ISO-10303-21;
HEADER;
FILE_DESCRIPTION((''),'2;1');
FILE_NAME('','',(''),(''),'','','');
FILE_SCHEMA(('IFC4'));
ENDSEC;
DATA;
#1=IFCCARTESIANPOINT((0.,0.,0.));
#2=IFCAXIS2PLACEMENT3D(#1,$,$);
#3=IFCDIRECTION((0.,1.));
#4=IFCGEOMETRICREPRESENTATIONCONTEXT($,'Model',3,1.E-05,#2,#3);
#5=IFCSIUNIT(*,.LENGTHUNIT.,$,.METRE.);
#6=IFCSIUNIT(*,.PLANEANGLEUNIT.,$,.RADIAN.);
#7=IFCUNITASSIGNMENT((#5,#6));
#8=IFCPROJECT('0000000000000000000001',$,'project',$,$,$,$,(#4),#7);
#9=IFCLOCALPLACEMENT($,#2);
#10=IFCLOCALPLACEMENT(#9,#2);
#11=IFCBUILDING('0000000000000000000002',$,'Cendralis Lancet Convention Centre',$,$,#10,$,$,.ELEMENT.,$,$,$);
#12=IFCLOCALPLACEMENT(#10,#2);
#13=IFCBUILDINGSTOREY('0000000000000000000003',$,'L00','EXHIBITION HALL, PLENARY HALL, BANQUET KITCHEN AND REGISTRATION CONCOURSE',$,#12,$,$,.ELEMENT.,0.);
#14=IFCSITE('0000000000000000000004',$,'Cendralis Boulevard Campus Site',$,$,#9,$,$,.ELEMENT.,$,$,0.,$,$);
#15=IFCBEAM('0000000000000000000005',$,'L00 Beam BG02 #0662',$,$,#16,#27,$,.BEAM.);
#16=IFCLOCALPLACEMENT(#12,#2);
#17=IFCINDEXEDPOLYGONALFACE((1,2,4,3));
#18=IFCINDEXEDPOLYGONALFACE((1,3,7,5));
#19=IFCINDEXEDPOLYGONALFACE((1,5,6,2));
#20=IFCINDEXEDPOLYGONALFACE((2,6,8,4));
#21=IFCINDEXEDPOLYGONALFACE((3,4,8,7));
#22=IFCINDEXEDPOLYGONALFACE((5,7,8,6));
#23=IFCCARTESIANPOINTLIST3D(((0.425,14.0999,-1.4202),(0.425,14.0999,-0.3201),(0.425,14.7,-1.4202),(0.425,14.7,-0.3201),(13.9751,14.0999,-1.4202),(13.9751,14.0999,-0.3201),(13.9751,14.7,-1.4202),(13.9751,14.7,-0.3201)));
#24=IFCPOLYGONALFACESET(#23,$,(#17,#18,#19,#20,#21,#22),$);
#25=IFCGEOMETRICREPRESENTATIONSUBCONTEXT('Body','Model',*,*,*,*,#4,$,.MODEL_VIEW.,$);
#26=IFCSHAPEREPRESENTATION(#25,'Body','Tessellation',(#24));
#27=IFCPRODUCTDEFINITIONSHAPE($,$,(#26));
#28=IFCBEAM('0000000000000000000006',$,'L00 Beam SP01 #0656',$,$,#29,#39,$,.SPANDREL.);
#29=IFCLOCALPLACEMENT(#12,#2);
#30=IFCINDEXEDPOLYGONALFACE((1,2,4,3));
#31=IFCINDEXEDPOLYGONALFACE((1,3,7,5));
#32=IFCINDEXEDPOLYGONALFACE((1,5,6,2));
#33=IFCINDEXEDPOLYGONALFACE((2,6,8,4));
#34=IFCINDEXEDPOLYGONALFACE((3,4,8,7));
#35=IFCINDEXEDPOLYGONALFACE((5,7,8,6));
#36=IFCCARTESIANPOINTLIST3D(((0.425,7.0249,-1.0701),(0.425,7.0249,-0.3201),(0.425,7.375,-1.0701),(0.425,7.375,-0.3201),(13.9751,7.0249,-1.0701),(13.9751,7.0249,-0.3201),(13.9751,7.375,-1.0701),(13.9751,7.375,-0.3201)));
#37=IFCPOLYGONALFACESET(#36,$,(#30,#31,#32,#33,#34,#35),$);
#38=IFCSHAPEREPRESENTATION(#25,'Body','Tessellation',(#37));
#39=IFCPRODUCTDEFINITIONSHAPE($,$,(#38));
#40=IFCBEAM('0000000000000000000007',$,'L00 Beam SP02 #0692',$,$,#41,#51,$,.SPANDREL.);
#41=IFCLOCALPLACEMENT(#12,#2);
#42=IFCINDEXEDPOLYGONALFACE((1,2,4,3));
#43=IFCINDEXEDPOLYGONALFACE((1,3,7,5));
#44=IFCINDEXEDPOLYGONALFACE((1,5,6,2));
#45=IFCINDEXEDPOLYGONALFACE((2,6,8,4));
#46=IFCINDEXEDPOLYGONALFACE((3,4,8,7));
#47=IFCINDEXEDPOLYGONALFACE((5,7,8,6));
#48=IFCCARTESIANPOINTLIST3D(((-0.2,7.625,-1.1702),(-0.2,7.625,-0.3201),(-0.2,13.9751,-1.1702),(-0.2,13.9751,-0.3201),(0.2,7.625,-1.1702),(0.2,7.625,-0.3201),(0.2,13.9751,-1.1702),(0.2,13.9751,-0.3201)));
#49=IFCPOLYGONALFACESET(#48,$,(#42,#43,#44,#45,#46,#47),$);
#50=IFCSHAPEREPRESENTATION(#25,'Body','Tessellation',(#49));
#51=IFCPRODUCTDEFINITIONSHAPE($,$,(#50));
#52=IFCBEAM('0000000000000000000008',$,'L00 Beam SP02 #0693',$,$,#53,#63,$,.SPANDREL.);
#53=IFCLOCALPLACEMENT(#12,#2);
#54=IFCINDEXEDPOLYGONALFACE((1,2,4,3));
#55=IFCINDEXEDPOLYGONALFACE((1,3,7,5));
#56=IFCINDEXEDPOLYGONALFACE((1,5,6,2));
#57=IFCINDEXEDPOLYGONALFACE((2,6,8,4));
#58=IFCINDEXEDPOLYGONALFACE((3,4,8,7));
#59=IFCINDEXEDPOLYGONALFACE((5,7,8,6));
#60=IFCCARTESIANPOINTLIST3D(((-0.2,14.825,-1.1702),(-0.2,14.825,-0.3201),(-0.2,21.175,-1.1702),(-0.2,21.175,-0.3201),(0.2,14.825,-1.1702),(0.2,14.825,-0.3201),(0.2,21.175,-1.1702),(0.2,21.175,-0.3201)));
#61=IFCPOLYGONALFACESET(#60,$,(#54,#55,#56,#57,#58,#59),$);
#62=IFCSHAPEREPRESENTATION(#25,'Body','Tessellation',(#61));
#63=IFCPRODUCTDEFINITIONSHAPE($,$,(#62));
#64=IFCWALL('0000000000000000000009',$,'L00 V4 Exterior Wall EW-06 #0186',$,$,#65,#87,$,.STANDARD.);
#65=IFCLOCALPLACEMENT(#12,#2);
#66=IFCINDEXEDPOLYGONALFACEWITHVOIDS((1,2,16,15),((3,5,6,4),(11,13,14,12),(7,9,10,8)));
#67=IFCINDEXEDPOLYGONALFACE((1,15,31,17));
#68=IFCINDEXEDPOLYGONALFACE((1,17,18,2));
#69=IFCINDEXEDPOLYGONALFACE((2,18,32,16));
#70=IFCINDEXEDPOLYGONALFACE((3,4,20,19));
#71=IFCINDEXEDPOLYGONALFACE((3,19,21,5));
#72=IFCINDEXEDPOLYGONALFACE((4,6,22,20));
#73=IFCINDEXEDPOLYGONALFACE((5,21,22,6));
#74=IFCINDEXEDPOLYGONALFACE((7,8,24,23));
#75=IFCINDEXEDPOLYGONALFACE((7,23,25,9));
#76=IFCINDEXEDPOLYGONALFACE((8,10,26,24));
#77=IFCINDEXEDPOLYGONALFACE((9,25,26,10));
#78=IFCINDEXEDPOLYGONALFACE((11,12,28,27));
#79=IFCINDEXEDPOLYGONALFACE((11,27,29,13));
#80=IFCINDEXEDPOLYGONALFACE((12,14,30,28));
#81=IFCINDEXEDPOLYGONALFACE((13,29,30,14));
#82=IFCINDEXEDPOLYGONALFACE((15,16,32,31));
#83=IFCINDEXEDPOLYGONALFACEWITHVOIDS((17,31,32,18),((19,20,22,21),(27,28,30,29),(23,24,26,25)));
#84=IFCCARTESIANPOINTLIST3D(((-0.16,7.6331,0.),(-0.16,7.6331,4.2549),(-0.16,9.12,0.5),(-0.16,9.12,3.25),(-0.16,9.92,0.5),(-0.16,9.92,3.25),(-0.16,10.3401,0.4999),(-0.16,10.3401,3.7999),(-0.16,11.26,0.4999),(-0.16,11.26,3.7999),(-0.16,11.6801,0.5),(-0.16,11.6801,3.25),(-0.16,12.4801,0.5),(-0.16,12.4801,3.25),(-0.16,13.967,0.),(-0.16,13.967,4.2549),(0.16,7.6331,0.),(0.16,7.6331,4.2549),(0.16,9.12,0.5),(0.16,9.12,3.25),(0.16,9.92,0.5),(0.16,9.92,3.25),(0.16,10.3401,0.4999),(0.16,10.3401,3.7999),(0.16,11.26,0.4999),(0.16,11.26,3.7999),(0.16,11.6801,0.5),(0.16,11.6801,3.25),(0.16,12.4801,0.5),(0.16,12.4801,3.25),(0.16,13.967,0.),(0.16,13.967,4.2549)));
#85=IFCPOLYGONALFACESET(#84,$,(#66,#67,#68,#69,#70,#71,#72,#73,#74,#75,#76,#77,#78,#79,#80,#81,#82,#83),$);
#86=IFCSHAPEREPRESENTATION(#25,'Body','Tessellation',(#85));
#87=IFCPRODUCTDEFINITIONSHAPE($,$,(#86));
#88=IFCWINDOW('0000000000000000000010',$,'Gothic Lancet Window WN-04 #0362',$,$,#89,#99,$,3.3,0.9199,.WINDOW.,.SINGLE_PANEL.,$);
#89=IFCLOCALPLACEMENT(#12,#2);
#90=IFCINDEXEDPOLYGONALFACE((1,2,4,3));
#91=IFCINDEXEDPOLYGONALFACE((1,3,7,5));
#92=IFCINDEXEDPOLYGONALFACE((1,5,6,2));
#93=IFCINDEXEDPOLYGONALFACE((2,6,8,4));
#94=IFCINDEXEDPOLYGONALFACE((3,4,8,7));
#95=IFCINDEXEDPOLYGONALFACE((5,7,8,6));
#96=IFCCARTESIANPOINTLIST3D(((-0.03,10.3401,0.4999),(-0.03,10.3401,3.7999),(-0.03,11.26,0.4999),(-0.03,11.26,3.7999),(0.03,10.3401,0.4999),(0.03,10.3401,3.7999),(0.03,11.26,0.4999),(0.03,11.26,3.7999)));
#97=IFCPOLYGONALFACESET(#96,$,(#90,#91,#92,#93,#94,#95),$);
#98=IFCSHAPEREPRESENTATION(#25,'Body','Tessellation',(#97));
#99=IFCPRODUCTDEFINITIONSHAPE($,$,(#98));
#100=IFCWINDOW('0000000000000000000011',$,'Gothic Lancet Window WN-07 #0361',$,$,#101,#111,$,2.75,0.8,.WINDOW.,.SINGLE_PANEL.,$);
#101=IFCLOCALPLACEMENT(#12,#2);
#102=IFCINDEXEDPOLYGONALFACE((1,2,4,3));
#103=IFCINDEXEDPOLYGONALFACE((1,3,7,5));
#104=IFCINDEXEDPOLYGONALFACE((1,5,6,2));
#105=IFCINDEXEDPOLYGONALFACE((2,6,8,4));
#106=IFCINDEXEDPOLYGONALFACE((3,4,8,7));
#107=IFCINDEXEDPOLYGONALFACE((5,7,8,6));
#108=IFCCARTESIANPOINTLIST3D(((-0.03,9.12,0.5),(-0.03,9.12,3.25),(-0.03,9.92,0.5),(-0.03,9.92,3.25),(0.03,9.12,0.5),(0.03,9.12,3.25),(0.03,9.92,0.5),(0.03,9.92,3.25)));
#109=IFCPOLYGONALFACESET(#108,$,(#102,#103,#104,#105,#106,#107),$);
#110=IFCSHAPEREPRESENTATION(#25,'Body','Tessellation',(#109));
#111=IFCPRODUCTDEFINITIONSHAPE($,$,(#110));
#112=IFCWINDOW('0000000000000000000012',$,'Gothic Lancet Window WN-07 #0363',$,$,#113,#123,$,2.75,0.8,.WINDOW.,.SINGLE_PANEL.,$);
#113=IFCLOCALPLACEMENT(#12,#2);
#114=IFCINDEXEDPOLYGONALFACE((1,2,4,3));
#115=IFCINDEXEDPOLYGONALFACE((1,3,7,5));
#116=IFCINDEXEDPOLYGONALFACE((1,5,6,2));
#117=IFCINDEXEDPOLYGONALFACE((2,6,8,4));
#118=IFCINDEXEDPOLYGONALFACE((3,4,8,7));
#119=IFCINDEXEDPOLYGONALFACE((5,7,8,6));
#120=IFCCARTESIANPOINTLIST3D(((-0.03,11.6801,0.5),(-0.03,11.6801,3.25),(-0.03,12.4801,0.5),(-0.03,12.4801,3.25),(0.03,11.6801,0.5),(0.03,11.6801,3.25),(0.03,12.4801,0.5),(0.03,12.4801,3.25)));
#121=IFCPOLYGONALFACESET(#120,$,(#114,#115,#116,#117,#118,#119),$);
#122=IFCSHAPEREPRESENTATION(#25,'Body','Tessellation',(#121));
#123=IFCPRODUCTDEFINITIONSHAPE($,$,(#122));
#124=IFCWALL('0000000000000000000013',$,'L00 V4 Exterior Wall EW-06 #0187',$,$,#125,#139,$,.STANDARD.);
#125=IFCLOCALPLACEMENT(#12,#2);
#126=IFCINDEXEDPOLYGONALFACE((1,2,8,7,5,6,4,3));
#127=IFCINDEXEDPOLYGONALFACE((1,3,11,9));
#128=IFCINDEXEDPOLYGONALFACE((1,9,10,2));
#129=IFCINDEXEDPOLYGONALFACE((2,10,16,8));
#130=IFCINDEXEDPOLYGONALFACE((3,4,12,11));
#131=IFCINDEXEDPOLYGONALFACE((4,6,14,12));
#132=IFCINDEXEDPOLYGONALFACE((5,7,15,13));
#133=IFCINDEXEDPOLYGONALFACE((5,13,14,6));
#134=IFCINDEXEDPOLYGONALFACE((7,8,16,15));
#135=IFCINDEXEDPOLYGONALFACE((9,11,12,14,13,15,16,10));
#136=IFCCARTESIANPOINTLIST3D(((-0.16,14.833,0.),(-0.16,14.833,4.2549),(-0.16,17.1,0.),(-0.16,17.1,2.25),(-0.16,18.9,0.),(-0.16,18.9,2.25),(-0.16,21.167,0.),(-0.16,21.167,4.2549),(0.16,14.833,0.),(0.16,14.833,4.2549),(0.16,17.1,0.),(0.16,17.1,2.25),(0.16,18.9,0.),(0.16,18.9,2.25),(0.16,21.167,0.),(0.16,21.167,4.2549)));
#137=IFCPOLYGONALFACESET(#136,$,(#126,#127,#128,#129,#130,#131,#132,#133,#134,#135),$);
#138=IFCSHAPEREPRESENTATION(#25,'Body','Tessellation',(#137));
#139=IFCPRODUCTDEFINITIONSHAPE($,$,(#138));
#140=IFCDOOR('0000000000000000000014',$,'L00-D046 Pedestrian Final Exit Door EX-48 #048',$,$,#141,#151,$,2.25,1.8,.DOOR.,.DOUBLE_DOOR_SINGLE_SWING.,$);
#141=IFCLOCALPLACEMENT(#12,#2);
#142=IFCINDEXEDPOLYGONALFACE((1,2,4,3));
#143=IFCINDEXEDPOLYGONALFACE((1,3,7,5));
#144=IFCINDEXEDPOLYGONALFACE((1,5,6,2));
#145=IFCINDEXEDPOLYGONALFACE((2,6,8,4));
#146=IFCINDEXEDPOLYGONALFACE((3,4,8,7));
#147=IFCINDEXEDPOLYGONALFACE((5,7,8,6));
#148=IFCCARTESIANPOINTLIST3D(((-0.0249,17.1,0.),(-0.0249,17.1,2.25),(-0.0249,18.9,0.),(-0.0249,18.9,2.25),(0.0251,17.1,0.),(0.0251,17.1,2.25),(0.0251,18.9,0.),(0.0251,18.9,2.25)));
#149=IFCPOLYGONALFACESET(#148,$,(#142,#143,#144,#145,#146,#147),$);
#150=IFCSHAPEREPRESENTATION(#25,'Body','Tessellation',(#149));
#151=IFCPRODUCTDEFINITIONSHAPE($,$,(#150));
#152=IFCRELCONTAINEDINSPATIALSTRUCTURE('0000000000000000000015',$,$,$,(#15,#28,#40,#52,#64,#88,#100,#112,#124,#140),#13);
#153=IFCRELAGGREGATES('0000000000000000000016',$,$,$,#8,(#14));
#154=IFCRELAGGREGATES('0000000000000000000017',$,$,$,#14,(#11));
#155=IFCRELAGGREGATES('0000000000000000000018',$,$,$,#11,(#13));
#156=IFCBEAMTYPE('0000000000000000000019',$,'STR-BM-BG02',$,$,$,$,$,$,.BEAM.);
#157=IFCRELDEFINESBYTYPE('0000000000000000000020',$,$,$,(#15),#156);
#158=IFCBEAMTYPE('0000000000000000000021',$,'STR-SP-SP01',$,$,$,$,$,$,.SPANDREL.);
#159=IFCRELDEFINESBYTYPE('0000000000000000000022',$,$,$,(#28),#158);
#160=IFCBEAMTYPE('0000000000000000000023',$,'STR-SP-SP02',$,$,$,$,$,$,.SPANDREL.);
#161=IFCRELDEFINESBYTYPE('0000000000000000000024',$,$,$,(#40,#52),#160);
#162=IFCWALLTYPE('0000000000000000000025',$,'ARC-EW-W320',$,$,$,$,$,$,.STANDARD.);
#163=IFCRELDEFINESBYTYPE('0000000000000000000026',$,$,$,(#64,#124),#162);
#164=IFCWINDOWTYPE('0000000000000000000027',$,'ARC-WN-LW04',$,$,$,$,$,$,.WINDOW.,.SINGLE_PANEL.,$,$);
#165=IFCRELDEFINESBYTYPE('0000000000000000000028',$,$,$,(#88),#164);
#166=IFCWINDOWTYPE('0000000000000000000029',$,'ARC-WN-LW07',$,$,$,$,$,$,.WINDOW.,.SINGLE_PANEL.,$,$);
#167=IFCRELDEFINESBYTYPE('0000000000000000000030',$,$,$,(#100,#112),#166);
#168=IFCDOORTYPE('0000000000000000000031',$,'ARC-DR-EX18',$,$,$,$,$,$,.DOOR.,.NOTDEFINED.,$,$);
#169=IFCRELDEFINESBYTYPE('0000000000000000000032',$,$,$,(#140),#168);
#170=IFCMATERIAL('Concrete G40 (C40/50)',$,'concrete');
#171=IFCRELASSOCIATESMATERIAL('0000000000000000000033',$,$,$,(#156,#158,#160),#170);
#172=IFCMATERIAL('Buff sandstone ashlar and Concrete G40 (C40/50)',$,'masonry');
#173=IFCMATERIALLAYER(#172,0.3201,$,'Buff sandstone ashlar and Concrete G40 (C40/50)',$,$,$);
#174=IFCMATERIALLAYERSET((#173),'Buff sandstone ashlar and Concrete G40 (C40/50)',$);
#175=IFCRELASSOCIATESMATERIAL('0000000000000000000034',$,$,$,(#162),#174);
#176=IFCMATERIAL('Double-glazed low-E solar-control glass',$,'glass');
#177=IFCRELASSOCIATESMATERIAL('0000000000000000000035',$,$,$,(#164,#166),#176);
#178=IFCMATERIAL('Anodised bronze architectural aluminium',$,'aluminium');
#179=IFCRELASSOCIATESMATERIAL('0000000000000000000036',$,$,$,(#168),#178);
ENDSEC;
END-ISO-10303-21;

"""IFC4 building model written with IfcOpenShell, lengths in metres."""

from ifc_helpers import new_model, si_unit, direction, frame, frame_2d, origin, origin_2d, place, context, subcontext, project, spatial, rectangle, extrude, material, layer, layer_set, material_profile, profile_set, type_object, element, fill, save


model = new_model("IFC4")

# Units and contexts
model_context = context("Model", 3, precision=1e-05, world=origin(), true_north=direction((0.0, 1.0)))
body_context = subcontext(model_context, "Body", "Model", "MODEL_VIEW")
ifc_project = project(units=[si_unit("LENGTHUNIT", "METRE"), si_unit("PLANEANGLEUNIT", "RADIAN")], contexts=[model_context])

# Site, building, storey
site_placement = place(None, origin())
site = spatial("IfcSite", under=ifc_project, at=site_placement, Name="Cendralis Boulevard Campus Site", CompositionType="ELEMENT", RefElevation=0.0)
building_placement = place(site_placement, origin())
building = spatial("IfcBuilding", under=site, at=building_placement, Name="Cendralis Lancet Convention Centre", CompositionType="ELEMENT")
storey_placement = place(building_placement, origin())
storey = spatial("IfcBuildingStorey", under=building, at=storey_placement, Name="L00", Description="EXHIBITION HALL, PLENARY HALL, BANQUET KITCHEN AND REGISTRATION CONCOURSE", CompositionType="ELEMENT", Elevation=0.0)

# Shared definitions
ifc_material_1 = material(Name="Concrete G40 (C40/50)", Category="concrete")

# Beams
ifc_material_profile_1 = material_profile(ifc_material_1, rectangle(XDim=0.6001, YDim=1.1001, at=origin_2d()), Name="RCB 600x1100")
ifc_profile_set_1 = profile_set([ifc_material_profile_1], Name="Concrete G40 (C40/50)")
beam_type_1 = type_object("IfcBeamType", Name="STR-BM-BG02", PredefinedType="BEAM", material=ifc_profile_set_1)
beam_1_placement = place(storey_placement, frame((0.425, 14.3999, -0.8701), z_axis=(1.0, 0.0, 0.0), x_axis=(0.0, 1.0, 0.0)))
element("IfcBeam", 1, at=beam_1_placement, inside=storey, type_object=beam_type_1, Name="L00 Beam BG02 #0662", PredefinedType="BEAM", context=body_context, shape_type="SweptSolid", body=[
    extrude(rectangle(XDim=0.6001, YDim=1.1001, at=origin_2d()), origin(), (0.0, 0.0, 1.0), 13.55),
])
ifc_material_profile_2 = material_profile(ifc_material_1, rectangle(XDim=0.3501, YDim=0.75, at=origin_2d()), Name="RCB 350x750")
ifc_profile_set_2 = profile_set([ifc_material_profile_2], Name="Concrete G40 (C40/50)")
beam_type_2 = type_object("IfcBeamType", Name="STR-SP-SP01", PredefinedType="SPANDREL", material=ifc_profile_set_2)
beam_2_placement = place(storey_placement, frame((0.425, 7.2, -0.6951), z_axis=(1.0, 0.0, 0.0), x_axis=(0.0, 1.0, 0.0)))
element("IfcBeam", 2, at=beam_2_placement, inside=storey, type_object=beam_type_2, Name="L00 Beam SP01 #0656", PredefinedType="SPANDREL", context=body_context, shape_type="SweptSolid", body=[
    extrude(rectangle(XDim=0.3501, YDim=0.75, at=origin_2d()), origin(), (0.0, 0.0, 1.0), 13.55),
])
ifc_material_profile_3 = material_profile(ifc_material_1, rectangle(XDim=0.3999, YDim=0.8501, at=origin_2d()), Name="RCB 400x850")
ifc_profile_set_3 = profile_set([ifc_material_profile_3], Name="Concrete G40 (C40/50)")
beam_type_3 = type_object("IfcBeamType", Name="STR-SP-SP02", PredefinedType="SPANDREL", material=ifc_profile_set_3)
for number, where, z_axis, x_axis, name in (
    (3, (0.0, 7.625, -0.7451), (0.0, 1.0, 0.0), (-1.0, 0.0, 0.0), "L00 Beam SP02 #0692"),
    (4, (0.0, 14.825, -0.7451), (0.0, 1.0, 0.0), (-1.0, 0.0, 0.0), "L00 Beam SP02 #0693"),
):
    element("IfcBeam", number, at=place(storey_placement, frame(where, z_axis=z_axis, x_axis=x_axis)), inside=storey, type_object=beam_type_3, Name=name, PredefinedType="SPANDREL", context=body_context, shape_type="SweptSolid", body=[
        extrude(rectangle(XDim=0.3999, YDim=0.8501, at=origin_2d()), origin(), (0.0, 0.0, 1.0), 6.3501),
    ])

# Wall, openings, windows
ifc_material_2 = material(Name="Buff sandstone ashlar and Concrete G40 (C40/50)", Category="masonry")
ifc_layer_1 = layer(ifc_material_2, 0.3201, Name="Buff sandstone ashlar and Concrete G40 (C40/50)")
ifc_layer_set_1 = layer_set([ifc_layer_1], Name="Buff sandstone ashlar and Concrete G40 (C40/50)")
wall_type_1 = type_object("IfcWallType", Name="ARC-EW-W320", PredefinedType="STANDARD", material=ifc_layer_set_1)
wall_1_placement = place(storey_placement, frame((0.0, 7.6331, 0.0), z_axis=(0.0, 0.0, 1.0), x_axis=(0.0, 1.0, 0.0)))
wall_1 = element("IfcWall", 5, at=wall_1_placement, inside=storey, type_object=wall_type_1, Name="L00 V4 Exterior Wall EW-06 #0186", PredefinedType="STANDARD", context=body_context, shape_type="SweptSolid", body=[
    extrude(rectangle(XDim=6.334, YDim=0.3201, at=frame_2d((3.167, 0.0))), origin(), (0.0, 0.0, 1.0), 4.2549),
])
opening_1_placement = place(wall_1_placement, frame((1.4871, 0.0, 0.5)))
opening_1 = element("IfcOpeningElement", 6, at=opening_1_placement, cuts=wall_1, PredefinedType="OPENING", context=body_context, shape_type="SweptSolid", body=[
    extrude(rectangle(XDim=0.8, YDim=2.75, at=frame_2d((0.3999, 1.375))), frame((0.0, 0.1699, 0.0), z_axis=(0.0, -1.0, 0.0), x_axis=(1.0, 0.0, 0.0)), (0.0, 0.0, 1.0), 0.3401),
])
opening_2_placement = place(wall_1_placement, frame((2.707, 0.0, 0.5)))
opening_2 = element("IfcOpeningElement", 7, at=opening_2_placement, cuts=wall_1, PredefinedType="OPENING", context=body_context, shape_type="SweptSolid", body=[
    extrude(rectangle(XDim=0.9199, YDim=3.3, at=frame_2d((0.46, 1.6499))), frame((0.0, 0.1699, 0.0), z_axis=(0.0, -1.0, 0.0), x_axis=(1.0, 0.0, 0.0)), (0.0, 0.0, 1.0), 0.3401),
])
opening_3_placement = place(wall_1_placement, frame((4.0471, 0.0, 0.5)))
opening_3 = element("IfcOpeningElement", 8, at=opening_3_placement, cuts=wall_1, PredefinedType="OPENING", context=body_context, shape_type="SweptSolid", body=[
    extrude(rectangle(XDim=0.8, YDim=2.75, at=frame_2d((0.3999, 1.375))), frame((0.0, 0.1699, 0.0), z_axis=(0.0, -1.0, 0.0), x_axis=(1.0, 0.0, 0.0)), (0.0, 0.0, 1.0), 0.3401),
])
ifc_material_3 = material(Name="Double-glazed low-E solar-control glass", Category="glass")
window_type_1 = type_object("IfcWindowType", Name="ARC-WN-LW04", PartitioningType="SINGLE_PANEL", PredefinedType="WINDOW", material=ifc_material_3)
window_1_placement = place(opening_2_placement, origin())
window_1 = element("IfcWindow", 9, at=window_1_placement, inside=storey, type_object=window_type_1, Name="Gothic Lancet Window WN-04 #0362", OverallHeight=3.3, OverallWidth=0.9199, PartitioningType="SINGLE_PANEL", PredefinedType="WINDOW", context=body_context, shape_type="SweptSolid", body=[
    extrude(rectangle(XDim=0.9199, YDim=3.3, at=frame_2d((0.46, 1.6499))), frame((0.0, 0.03, 0.0), z_axis=(0.0, -1.0, 0.0), x_axis=(1.0, 0.0, 0.0)), (0.0, 0.0, 1.0), 0.0601),
])
fill(opening_2, window_1)
window_type_2 = type_object("IfcWindowType", Name="ARC-WN-LW07", PartitioningType="SINGLE_PANEL", PredefinedType="WINDOW", material=ifc_material_3)
window_2_placement = place(opening_1_placement, origin())
window_2 = element("IfcWindow", 10, at=window_2_placement, inside=storey, type_object=window_type_2, Name="Gothic Lancet Window WN-07 #0361", OverallHeight=2.75, OverallWidth=0.8, PartitioningType="SINGLE_PANEL", PredefinedType="WINDOW", context=body_context, shape_type="SweptSolid", body=[
    extrude(rectangle(XDim=0.8, YDim=2.75, at=frame_2d((0.3999, 1.375))), frame((0.0, 0.03, 0.0), z_axis=(0.0, -1.0, 0.0), x_axis=(1.0, 0.0, 0.0)), (0.0, 0.0, 1.0), 0.0601),
])
fill(opening_1, window_2)
window_3_placement = place(opening_3_placement, origin())
window_3 = element("IfcWindow", 11, at=window_3_placement, inside=storey, type_object=window_type_2, Name="Gothic Lancet Window WN-07 #0363", OverallHeight=2.75, OverallWidth=0.8, PartitioningType="SINGLE_PANEL", PredefinedType="WINDOW", context=body_context, shape_type="SweptSolid", body=[
    extrude(rectangle(XDim=0.8, YDim=2.75, at=frame_2d((0.3999, 1.375))), frame((0.0, 0.03, 0.0), z_axis=(0.0, -1.0, 0.0), x_axis=(1.0, 0.0, 0.0)), (0.0, 0.0, 1.0), 0.0601),
])
fill(opening_3, window_3)

# Wall, opening, door
wall_2_placement = place(storey_placement, frame((0.0, 14.833, 0.0), z_axis=(0.0, 0.0, 1.0), x_axis=(0.0, 1.0, 0.0)))
wall_2 = element("IfcWall", 12, at=wall_2_placement, inside=storey, type_object=wall_type_1, Name="L00 V4 Exterior Wall EW-06 #0187", PredefinedType="STANDARD", context=body_context, shape_type="SweptSolid", body=[
    extrude(rectangle(XDim=6.334, YDim=0.3201, at=frame_2d((3.167, 0.0))), origin(), (0.0, 0.0, 1.0), 4.2549),
])
opening_4_placement = place(wall_2_placement, frame((2.2671, 0.0, 0.0)))
opening_4 = element("IfcOpeningElement", 13, at=opening_4_placement, cuts=wall_2, PredefinedType="OPENING", context=body_context, shape_type="SweptSolid", body=[
    extrude(rectangle(XDim=1.8, YDim=2.25, at=frame_2d((0.8999, 1.125))), frame((0.0, 0.1699, 0.0), z_axis=(0.0, -1.0, 0.0), x_axis=(1.0, 0.0, 0.0)), (0.0, 0.0, 1.0), 0.3401),
])
ifc_material_4 = material(Name="Anodised bronze architectural aluminium", Category="aluminium")
door_type_1 = type_object("IfcDoorType", Name="ARC-DR-EX18", OperationType="NOTDEFINED", PredefinedType="DOOR", material=ifc_material_4)
door_1_placement = place(opening_4_placement, origin())
door_1 = element("IfcDoor", 14, at=door_1_placement, inside=storey, type_object=door_type_1, Name="L00-D046 Pedestrian Final Exit Door EX-48 #048", OperationType="DOUBLE_DOOR_SINGLE_SWING", OverallHeight=2.25, OverallWidth=1.8, PredefinedType="DOOR", context=body_context, shape_type="SweptSolid", body=[
    extrude(rectangle(XDim=1.8, YDim=2.25, at=frame_2d((0.8999, 1.125))), frame((0.0, 0.0249, 0.0), z_axis=(0.0, -1.0, 0.0), x_axis=(1.0, 0.0, 0.0)), (0.0, 0.0, 1.0), 0.05),
])
fill(opening_4, door_1)

save(model, "model.ifc")
